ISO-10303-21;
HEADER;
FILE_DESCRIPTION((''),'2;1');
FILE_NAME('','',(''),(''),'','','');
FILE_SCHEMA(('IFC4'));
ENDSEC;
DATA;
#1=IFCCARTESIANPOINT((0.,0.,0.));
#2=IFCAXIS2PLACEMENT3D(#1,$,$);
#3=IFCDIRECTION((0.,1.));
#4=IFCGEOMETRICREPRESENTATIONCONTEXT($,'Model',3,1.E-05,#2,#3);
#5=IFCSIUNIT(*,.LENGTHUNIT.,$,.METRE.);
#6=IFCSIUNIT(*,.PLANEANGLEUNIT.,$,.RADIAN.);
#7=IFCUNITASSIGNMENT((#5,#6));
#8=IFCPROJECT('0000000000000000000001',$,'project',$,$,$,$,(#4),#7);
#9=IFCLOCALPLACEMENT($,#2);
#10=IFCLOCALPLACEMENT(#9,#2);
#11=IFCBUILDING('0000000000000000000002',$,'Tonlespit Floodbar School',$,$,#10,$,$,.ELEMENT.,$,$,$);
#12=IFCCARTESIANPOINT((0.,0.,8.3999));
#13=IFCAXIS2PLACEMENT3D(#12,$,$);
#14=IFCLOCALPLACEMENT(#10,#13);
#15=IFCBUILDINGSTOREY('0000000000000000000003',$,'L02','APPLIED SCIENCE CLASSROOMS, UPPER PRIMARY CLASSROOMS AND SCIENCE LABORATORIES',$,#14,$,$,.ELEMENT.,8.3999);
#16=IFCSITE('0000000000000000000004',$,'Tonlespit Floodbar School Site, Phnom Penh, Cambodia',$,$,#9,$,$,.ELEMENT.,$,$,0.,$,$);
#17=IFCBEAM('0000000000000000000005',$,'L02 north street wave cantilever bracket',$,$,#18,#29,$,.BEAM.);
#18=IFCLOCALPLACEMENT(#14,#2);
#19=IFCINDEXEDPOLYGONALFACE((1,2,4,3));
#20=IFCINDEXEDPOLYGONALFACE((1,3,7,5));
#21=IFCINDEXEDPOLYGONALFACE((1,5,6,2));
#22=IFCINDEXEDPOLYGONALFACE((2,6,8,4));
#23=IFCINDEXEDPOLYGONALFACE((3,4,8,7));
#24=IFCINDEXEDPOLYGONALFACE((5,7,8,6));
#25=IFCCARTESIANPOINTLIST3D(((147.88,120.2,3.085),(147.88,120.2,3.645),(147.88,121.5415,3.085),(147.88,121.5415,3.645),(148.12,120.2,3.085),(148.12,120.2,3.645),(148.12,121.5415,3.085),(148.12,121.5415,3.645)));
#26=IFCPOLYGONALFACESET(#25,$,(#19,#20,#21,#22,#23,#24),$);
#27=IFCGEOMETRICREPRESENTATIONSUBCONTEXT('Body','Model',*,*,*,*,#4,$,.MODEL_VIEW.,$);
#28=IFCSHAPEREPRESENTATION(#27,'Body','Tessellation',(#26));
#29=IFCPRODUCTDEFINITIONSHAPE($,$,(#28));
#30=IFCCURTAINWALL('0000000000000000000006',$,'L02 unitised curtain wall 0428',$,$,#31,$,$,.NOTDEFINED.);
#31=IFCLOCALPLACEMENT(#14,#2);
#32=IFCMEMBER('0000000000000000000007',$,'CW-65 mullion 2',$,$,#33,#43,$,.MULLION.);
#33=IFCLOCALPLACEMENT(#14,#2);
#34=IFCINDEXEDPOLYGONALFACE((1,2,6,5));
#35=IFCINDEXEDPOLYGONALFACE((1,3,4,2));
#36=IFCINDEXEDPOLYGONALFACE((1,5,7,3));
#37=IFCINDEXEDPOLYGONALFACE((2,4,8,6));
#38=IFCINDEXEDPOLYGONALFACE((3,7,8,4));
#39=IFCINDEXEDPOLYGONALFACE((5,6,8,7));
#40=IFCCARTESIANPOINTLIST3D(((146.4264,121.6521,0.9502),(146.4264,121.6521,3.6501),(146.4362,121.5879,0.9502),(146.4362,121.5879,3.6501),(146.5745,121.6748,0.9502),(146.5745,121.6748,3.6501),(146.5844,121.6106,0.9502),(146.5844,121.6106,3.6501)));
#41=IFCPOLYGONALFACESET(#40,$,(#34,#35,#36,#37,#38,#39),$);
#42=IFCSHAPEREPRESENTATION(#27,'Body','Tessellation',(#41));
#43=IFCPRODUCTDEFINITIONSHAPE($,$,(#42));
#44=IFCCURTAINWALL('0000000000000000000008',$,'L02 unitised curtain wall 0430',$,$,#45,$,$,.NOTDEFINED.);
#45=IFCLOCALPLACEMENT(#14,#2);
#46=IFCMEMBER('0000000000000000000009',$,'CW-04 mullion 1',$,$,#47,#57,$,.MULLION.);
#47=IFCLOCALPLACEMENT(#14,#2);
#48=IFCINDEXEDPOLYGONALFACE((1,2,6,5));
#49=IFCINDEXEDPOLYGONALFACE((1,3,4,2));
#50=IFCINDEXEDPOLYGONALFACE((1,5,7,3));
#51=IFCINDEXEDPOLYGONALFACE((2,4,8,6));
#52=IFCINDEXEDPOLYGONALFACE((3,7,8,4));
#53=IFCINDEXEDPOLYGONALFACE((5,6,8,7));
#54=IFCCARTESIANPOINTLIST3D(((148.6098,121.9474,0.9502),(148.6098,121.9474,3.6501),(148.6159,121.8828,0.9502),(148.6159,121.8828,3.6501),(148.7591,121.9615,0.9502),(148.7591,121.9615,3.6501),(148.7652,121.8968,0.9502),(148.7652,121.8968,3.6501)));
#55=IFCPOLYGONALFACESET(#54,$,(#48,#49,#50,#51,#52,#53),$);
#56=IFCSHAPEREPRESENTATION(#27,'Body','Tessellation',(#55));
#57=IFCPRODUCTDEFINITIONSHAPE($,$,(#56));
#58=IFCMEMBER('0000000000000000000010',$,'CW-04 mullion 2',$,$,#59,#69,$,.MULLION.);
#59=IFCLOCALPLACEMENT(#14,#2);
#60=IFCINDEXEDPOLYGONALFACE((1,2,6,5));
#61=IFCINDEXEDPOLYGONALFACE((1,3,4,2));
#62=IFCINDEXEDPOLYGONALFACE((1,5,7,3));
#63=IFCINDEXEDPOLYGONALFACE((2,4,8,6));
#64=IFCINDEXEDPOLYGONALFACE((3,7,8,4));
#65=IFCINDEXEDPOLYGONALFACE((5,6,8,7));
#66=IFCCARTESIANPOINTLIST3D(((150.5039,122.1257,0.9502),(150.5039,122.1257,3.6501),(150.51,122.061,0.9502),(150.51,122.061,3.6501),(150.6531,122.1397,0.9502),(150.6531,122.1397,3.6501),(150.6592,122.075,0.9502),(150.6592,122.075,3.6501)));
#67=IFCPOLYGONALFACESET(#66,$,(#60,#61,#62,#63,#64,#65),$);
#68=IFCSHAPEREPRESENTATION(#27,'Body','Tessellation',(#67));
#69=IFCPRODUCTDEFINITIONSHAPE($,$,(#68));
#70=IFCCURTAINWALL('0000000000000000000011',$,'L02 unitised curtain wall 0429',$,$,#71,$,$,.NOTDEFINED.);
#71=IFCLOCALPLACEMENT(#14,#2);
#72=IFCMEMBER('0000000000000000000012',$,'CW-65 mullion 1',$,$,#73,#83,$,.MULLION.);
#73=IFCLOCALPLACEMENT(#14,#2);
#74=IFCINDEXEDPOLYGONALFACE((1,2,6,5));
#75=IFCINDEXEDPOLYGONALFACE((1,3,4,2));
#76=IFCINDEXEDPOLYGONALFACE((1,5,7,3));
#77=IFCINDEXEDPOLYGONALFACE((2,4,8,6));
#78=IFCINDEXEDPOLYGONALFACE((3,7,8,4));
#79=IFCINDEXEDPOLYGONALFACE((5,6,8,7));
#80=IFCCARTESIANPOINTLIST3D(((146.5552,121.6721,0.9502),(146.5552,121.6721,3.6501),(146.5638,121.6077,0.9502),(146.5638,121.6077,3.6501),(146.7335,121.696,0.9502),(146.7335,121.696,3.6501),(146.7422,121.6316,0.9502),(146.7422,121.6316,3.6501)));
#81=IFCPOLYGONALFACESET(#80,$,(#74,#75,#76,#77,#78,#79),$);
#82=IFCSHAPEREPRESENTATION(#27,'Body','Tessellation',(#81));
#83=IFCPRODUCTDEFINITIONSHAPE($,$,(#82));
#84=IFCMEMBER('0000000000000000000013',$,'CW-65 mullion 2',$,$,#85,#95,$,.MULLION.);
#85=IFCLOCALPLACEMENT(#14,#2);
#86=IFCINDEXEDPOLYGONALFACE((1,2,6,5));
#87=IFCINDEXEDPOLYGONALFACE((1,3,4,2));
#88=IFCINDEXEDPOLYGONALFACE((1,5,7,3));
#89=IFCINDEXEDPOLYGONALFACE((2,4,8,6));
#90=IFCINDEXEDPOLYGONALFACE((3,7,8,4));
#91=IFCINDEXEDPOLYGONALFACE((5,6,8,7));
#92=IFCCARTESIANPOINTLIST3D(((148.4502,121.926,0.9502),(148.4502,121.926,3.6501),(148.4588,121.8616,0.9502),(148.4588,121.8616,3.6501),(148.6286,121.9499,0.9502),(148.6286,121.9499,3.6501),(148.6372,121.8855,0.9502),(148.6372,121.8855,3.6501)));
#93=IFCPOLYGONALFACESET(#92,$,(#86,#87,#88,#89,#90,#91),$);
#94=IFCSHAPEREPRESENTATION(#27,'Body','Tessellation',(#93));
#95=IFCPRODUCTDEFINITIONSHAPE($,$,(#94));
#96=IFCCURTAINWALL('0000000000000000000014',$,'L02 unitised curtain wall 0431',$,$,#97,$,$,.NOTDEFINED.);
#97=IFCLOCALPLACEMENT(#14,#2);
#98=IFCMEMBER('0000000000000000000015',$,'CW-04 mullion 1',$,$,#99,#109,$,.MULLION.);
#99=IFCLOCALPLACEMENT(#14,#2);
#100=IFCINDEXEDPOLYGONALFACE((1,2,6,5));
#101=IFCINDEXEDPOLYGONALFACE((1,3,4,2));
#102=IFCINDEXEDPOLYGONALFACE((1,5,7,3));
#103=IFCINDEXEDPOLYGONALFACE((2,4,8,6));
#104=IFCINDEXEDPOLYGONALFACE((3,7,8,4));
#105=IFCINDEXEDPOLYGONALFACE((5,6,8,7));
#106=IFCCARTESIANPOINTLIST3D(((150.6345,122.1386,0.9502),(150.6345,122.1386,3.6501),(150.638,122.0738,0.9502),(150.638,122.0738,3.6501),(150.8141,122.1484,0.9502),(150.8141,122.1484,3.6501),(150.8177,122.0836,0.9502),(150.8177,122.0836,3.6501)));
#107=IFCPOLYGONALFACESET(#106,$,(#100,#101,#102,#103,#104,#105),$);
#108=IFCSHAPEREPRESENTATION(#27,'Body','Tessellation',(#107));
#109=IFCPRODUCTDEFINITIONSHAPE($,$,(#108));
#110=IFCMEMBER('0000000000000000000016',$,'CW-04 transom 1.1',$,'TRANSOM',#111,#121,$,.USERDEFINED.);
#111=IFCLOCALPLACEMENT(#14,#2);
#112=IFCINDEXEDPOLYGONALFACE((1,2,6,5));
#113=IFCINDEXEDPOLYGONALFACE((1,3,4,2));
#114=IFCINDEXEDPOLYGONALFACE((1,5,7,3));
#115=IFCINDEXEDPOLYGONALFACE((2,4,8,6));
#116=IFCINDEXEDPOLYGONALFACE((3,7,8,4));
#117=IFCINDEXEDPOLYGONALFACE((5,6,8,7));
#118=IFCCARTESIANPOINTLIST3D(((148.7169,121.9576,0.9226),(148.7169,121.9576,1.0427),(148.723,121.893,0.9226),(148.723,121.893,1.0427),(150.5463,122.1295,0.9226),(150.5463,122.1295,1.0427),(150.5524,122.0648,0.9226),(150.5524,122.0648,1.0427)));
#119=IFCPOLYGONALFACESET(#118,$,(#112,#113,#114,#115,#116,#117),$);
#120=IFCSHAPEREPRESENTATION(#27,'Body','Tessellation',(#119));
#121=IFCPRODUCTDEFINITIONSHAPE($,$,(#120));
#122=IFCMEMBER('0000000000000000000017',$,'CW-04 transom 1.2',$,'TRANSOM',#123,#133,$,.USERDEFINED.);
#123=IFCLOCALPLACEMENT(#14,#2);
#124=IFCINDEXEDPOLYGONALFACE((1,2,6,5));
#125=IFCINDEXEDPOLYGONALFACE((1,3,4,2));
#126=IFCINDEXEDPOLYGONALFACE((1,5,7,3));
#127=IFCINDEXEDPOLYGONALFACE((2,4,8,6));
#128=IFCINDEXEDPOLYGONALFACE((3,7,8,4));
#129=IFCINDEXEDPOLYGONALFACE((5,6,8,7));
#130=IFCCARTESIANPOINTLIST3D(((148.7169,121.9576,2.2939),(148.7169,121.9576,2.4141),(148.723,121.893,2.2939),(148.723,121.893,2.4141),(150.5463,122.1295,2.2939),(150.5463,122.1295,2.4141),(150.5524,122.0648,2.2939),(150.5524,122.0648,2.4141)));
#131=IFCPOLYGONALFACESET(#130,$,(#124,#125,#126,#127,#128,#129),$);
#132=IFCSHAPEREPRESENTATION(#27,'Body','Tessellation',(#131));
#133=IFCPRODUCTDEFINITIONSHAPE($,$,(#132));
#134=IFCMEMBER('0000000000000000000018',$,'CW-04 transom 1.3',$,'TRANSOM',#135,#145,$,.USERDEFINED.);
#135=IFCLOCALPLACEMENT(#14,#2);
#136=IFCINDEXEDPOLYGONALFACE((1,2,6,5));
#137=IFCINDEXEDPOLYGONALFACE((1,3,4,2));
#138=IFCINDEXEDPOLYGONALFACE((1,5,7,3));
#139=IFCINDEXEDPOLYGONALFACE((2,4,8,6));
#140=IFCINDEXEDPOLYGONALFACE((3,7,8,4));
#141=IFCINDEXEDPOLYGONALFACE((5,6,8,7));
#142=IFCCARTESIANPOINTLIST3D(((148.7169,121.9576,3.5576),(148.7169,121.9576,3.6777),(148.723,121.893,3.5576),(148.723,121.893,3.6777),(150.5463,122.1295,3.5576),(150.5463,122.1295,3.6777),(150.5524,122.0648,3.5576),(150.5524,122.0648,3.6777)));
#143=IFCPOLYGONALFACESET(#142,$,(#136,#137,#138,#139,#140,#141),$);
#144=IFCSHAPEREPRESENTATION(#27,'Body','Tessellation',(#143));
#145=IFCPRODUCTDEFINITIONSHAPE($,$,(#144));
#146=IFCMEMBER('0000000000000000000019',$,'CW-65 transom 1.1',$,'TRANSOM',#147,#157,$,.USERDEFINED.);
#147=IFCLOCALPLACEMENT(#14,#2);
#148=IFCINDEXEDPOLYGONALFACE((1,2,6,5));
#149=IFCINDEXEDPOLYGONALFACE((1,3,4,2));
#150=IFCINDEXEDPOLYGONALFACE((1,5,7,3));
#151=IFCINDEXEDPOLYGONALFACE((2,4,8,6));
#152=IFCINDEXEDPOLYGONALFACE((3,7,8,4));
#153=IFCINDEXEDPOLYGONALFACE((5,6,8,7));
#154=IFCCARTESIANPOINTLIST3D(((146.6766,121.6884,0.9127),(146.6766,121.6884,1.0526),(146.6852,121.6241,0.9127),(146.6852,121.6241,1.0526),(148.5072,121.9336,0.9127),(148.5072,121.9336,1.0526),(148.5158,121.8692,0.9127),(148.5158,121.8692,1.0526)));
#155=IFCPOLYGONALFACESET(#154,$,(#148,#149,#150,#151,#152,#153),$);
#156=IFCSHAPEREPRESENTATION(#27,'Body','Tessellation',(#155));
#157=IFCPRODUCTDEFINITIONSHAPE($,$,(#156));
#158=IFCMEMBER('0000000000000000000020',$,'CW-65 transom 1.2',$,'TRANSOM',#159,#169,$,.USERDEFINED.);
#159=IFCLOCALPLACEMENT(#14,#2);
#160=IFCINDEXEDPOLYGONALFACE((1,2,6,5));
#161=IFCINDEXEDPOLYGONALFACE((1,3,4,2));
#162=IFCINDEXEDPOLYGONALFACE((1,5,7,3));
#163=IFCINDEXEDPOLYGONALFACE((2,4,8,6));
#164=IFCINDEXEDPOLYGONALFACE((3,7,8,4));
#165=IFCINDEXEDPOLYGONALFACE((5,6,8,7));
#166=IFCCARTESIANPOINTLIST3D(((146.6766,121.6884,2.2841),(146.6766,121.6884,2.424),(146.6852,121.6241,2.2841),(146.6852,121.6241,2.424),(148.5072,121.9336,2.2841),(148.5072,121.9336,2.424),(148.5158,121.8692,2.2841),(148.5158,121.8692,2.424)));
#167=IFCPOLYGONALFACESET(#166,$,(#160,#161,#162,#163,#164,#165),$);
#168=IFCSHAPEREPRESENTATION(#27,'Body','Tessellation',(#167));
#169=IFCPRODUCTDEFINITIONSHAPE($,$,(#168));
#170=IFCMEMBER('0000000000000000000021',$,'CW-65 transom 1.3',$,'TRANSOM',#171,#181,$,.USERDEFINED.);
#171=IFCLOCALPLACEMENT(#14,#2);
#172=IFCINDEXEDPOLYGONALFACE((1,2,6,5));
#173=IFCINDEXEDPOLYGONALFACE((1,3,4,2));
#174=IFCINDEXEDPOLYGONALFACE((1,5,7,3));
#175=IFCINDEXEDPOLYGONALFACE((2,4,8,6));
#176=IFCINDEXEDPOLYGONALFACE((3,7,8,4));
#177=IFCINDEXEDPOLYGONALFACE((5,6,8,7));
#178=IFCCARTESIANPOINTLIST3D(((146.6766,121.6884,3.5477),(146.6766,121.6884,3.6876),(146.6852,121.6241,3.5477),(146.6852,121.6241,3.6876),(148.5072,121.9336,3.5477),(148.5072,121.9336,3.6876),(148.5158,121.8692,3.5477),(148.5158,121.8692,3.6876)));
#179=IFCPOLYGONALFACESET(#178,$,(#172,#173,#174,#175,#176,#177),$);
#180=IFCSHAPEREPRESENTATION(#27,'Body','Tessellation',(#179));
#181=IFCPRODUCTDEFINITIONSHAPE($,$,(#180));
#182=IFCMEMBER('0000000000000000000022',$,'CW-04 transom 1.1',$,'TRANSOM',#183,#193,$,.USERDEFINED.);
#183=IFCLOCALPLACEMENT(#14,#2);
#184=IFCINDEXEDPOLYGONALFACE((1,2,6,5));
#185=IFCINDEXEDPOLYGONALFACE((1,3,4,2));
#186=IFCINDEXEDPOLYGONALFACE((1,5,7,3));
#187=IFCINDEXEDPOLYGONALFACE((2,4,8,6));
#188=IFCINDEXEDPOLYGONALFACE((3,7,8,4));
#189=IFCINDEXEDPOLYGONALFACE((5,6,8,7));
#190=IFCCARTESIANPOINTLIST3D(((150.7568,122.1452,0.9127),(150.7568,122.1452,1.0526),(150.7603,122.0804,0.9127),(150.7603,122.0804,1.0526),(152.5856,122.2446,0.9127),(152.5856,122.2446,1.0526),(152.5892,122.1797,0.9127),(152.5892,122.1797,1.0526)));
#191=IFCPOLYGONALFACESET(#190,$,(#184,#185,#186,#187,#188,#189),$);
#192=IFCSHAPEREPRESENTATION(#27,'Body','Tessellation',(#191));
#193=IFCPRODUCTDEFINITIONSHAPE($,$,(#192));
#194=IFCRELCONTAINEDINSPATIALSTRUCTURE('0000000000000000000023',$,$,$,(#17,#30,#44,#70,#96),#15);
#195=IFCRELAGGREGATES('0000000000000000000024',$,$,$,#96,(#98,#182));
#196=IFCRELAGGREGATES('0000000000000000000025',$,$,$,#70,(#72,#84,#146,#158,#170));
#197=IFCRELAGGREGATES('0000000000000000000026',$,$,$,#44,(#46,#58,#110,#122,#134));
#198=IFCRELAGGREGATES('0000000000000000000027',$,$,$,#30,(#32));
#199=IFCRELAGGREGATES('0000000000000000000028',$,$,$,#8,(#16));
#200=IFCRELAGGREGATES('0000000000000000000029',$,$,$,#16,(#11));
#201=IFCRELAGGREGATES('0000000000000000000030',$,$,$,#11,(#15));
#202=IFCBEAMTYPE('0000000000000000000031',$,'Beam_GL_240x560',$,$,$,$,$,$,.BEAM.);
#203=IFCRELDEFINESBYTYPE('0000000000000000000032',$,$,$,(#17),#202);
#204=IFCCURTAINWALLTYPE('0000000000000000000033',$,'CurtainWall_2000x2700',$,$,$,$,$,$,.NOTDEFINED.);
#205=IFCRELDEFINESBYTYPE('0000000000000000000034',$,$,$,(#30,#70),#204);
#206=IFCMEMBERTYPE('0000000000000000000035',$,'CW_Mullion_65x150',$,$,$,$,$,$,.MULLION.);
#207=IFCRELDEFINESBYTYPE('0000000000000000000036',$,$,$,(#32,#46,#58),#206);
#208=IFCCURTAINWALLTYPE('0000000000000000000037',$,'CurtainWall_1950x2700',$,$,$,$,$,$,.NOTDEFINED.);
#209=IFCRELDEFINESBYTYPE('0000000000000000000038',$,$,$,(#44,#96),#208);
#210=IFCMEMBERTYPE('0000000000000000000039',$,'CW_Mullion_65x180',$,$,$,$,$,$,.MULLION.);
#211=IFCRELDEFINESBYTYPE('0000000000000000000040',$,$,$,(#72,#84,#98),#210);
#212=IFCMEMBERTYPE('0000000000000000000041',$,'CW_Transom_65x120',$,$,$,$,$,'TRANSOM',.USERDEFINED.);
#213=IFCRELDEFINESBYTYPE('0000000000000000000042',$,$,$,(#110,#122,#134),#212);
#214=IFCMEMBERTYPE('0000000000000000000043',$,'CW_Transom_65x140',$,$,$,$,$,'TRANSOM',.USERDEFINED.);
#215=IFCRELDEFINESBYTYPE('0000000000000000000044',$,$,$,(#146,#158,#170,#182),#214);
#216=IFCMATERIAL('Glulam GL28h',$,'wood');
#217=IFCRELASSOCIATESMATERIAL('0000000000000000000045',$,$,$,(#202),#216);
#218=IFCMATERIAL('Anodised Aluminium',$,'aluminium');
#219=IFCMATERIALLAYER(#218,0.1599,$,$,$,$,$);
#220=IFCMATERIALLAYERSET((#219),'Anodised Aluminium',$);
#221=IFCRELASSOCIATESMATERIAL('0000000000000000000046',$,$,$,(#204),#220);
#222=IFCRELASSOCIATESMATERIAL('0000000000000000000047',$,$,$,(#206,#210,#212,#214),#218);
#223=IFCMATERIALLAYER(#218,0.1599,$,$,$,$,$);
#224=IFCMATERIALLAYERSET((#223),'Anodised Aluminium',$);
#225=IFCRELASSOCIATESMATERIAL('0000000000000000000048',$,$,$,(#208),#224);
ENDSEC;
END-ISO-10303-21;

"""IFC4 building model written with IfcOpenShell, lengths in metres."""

from ifc_helpers import new_model, si_unit, direction, frame, origin, origin_2d, place, context, subcontext, project, spatial, rectangle, extrude, material, layer, layer_set, material_profile, profile_set, type_object, element, aggregate, save


model = new_model("IFC4")

# Units and contexts
model_context = context("Model", 3, precision=1e-05, world=origin(), true_north=direction((0.0, 1.0)))
body_context = subcontext(model_context, "Body", "Model", "MODEL_VIEW")
ifc_project = project(units=[si_unit("LENGTHUNIT", "METRE"), si_unit("PLANEANGLEUNIT", "RADIAN")], contexts=[model_context])

# Site, building, storey
site_placement = place(None, origin())
site = spatial("IfcSite", under=ifc_project, at=site_placement, Name="Tonlespit Floodbar School Site, Phnom Penh, Cambodia", CompositionType="ELEMENT", RefElevation=0.0)
building_placement = place(site_placement, origin())
building = spatial("IfcBuilding", under=site, at=building_placement, Name="Tonlespit Floodbar School", CompositionType="ELEMENT")
storey_placement = place(building_placement, frame((0.0, 0.0, 8.3999)))
storey = spatial("IfcBuildingStorey", under=building, at=storey_placement, Name="L02", Description="APPLIED SCIENCE CLASSROOMS, UPPER PRIMARY CLASSROOMS AND SCIENCE LABORATORIES", CompositionType="ELEMENT", Elevation=8.3999)

# Beam
ifc_material_1 = material(Name="Glulam GL28h", Category="wood")
ifc_material_profile_1 = material_profile(ifc_material_1, rectangle(XDim=0.24, YDim=0.5601, at=origin_2d()), Name="GL 240x560")
ifc_profile_set_1 = profile_set([ifc_material_profile_1], Name="Glulam GL28h")
beam_type = type_object("IfcBeamType", Name="Beam_GL_240x560", PredefinedType="BEAM", material=ifc_profile_set_1)
beam_placement = place(storey_placement, frame((148.0, 120.2, 3.365), z_axis=(0.0, 1.0, 0.0), x_axis=(-1.0, 0.0, 0.0)))
element("IfcBeam", 1, at=beam_placement, inside=storey, type_object=beam_type, Name="L02 north street wave cantilever bracket", PredefinedType="BEAM", context=body_context, shape_type="SweptSolid", body=[
    extrude(rectangle(XDim=0.24, YDim=0.5601, at=origin_2d()), origin(), (0.0, 0.0, 1.0), 1.3416),
])

# Curtain wall, member
ifc_material_2 = material(Name="Anodised Aluminium", Category="aluminium")
ifc_layer_1 = layer(ifc_material_2, 0.1599)
ifc_layer_set_1 = layer_set([ifc_layer_1], Name="Anodised Aluminium")
curtain_wall_type_1 = type_object("IfcCurtainWallType", Name="CurtainWall_2000x2700", PredefinedType="NOTDEFINED", material=ifc_layer_set_1)
curtain_wall_1_placement = place(storey_placement, origin())
curtain_wall_1 = element("IfcCurtainWall", 2, at=curtain_wall_1_placement, inside=storey, type_object=curtain_wall_type_1, Name="L02 unitised curtain wall 0428", PredefinedType="NOTDEFINED")
ifc_material_profile_2 = material_profile(ifc_material_2, rectangle(XDim=0.0649, YDim=0.1499, at=origin_2d()), Name="ALU M65x150")
ifc_profile_set_2 = profile_set([ifc_material_profile_2], Name="Anodised Aluminium")
member_type_1 = type_object("IfcMemberType", Name="CW_Mullion_65x150", PredefinedType="MULLION", material=ifc_profile_set_2)
member_1_placement = place(storey_placement, frame((146.5054, 121.6313, 0.9502), z_axis=(0.0, 0.0, 1.0), x_axis=(-0.151837, 0.988405, 0.0)))
member_1 = element("IfcMember", 3, at=member_1_placement, type_object=member_type_1, Name="CW-65 mullion 2", PredefinedType="MULLION", context=body_context, shape_type="SweptSolid", body=[
    extrude(rectangle(XDim=0.0649, YDim=0.1499, at=origin_2d()), origin(), (0.0, 0.0, 1.0), 2.7),
])

# Curtain walls, members
ifc_layer_2 = layer(ifc_material_2, 0.1599)
ifc_layer_set_2 = layer_set([ifc_layer_2], Name="Anodised Aluminium")
curtain_wall_type_2 = type_object("IfcCurtainWallType", Name="CurtainWall_1950x2700", PredefinedType="NOTDEFINED", material=ifc_layer_set_2)
curtain_wall_2_placement = place(storey_placement, origin())
curtain_wall_2 = element("IfcCurtainWall", 4, at=curtain_wall_2_placement, inside=storey, type_object=curtain_wall_type_2, Name="L02 unitised curtain wall 0430", PredefinedType="NOTDEFINED")
member_2_placement = place(storey_placement, frame((148.6875, 121.9221, 0.9502), z_axis=(0.0, 0.0, 1.0), x_axis=(-0.093624, 0.995608, 0.0)))
member_2 = element("IfcMember", 5, at=member_2_placement, type_object=member_type_1, Name="CW-04 mullion 1", PredefinedType="MULLION", context=body_context, shape_type="SweptSolid", body=[
    extrude(rectangle(XDim=0.0649, YDim=0.1499, at=origin_2d()), origin(), (0.0, 0.0, 1.0), 2.7),
])
member_3_placement = place(storey_placement, frame((150.5815, 122.1003, 0.9502), z_axis=(0.0, 0.0, 1.0), x_axis=(-0.093624, 0.995608, 0.0)))
member_3 = element("IfcMember", 6, at=member_3_placement, type_object=member_type_1, Name="CW-04 mullion 2", PredefinedType="MULLION", context=body_context, shape_type="SweptSolid", body=[
    extrude(rectangle(XDim=0.0649, YDim=0.1499, at=origin_2d()), origin(), (0.0, 0.0, 1.0), 2.7),
])
curtain_wall_3_placement = place(storey_placement, origin())
curtain_wall_3 = element("IfcCurtainWall", 7, at=curtain_wall_3_placement, inside=storey, type_object=curtain_wall_type_1, Name="L02 unitised curtain wall 0429", PredefinedType="NOTDEFINED")
ifc_material_profile_3 = material_profile(ifc_material_2, rectangle(XDim=0.0649, YDim=0.1799, at=origin_2d()), Name="ALU M65x180")
ifc_profile_set_3 = profile_set([ifc_material_profile_3], Name="Anodised Aluminium")
member_type_2 = type_object("IfcMemberType", Name="CW_Mullion_65x180", PredefinedType="MULLION", material=ifc_profile_set_3)
member_4_placement = place(storey_placement, frame((146.6487, 121.6519, 0.9502), z_axis=(0.0, 0.0, 1.0), x_axis=(-0.13279, 0.991144, 0.0)))
member_4 = element("IfcMember", 8, at=member_4_placement, type_object=member_type_2, Name="CW-65 mullion 1", PredefinedType="MULLION", context=body_context, shape_type="SweptSolid", body=[
    extrude(rectangle(XDim=0.0649, YDim=0.1799, at=origin_2d()), origin(), (0.0, 0.0, 1.0), 2.7),
])
member_5_placement = place(storey_placement, frame((148.5437, 121.9058, 0.9502), z_axis=(0.0, 0.0, 1.0), x_axis=(-0.13279, 0.991144, 0.0)))
member_5 = element("IfcMember", 9, at=member_5_placement, type_object=member_type_2, Name="CW-65 mullion 2", PredefinedType="MULLION", context=body_context, shape_type="SweptSolid", body=[
    extrude(rectangle(XDim=0.0649, YDim=0.1799, at=origin_2d()), origin(), (0.0, 0.0, 1.0), 2.7),
])

# Curtain wall, member
curtain_wall_4_placement = place(storey_placement, origin())
curtain_wall_4 = element("IfcCurtainWall", 10, at=curtain_wall_4_placement, inside=storey, type_object=curtain_wall_type_2, Name="L02 unitised curtain wall 0431", PredefinedType="NOTDEFINED")
member_6_placement = place(storey_placement, frame((150.7261, 122.1111, 0.9502), z_axis=(0.0, 0.0, 1.0), x_axis=(-0.054343, 0.998522, 0.0)))
member_6 = element("IfcMember", 11, at=member_6_placement, type_object=member_type_2, Name="CW-04 mullion 1", PredefinedType="MULLION", context=body_context, shape_type="SweptSolid", body=[
    extrude(rectangle(XDim=0.0649, YDim=0.1799, at=origin_2d()), origin(), (0.0, 0.0, 1.0), 2.7),
])

# Members
ifc_material_profile_4 = material_profile(ifc_material_2, rectangle(XDim=0.0649, YDim=0.1201, at=origin_2d()), Name="ALU T65x120")
ifc_profile_set_4 = profile_set([ifc_material_profile_4], Name="Anodised Aluminium")
member_type_3 = type_object("IfcMemberType", Name="CW_Transom_65x120", ElementType="TRANSOM", PredefinedType="USERDEFINED", material=ifc_profile_set_4)
member_7_placement = place(storey_placement, frame((148.72, 121.9253, 0.9827), z_axis=(0.995615, 0.093542, 0.0), x_axis=(-0.093542, 0.995615, 0.0)))
member_7 = element("IfcMember", 12, at=member_7_placement, type_object=member_type_3, Name="CW-04 transom 1.1", ObjectType="TRANSOM", PredefinedType="USERDEFINED", context=body_context, shape_type="SweptSolid", body=[
    extrude(rectangle(XDim=0.0649, YDim=0.1201, at=origin_2d()), origin(), (0.0, 0.0, 1.0), 1.8374),
])
member_8_placement = place(storey_placement, frame((148.72, 121.9253, 2.354), z_axis=(0.995615, 0.093542, 0.0), x_axis=(-0.093542, 0.995615, 0.0)))
member_8 = element("IfcMember", 13, at=member_8_placement, type_object=member_type_3, Name="CW-04 transom 1.2", ObjectType="TRANSOM", PredefinedType="USERDEFINED", context=body_context, shape_type="SweptSolid", body=[
    extrude(rectangle(XDim=0.0649, YDim=0.1201, at=origin_2d()), origin(), (0.0, 0.0, 1.0), 1.8374),
])
member_9_placement = place(storey_placement, frame((148.72, 121.9253, 3.6177), z_axis=(0.995615, 0.093542, 0.0), x_axis=(-0.093542, 0.995615, 0.0)))
member_9 = element("IfcMember", 14, at=member_9_placement, type_object=member_type_3, Name="CW-04 transom 1.3", ObjectType="TRANSOM", PredefinedType="USERDEFINED", context=body_context, shape_type="SweptSolid", body=[
    extrude(rectangle(XDim=0.0649, YDim=0.1201, at=origin_2d()), origin(), (0.0, 0.0, 1.0), 1.8374),
])
ifc_material_profile_5 = material_profile(ifc_material_2, rectangle(XDim=0.0649, YDim=0.1399, at=origin_2d()), Name="ALU T65x140")
ifc_profile_set_5 = profile_set([ifc_material_profile_5], Name="Anodised Aluminium")
member_type_4 = type_object("IfcMemberType", Name="CW_Transom_65x140", ElementType="TRANSOM", PredefinedType="USERDEFINED", material=ifc_profile_set_5)
member_10_placement = place(storey_placement, frame((146.6809, 121.6562, 0.9827), z_axis=(0.991154, 0.132718, 0.0), x_axis=(-0.132718, 0.991154, 0.0)))
member_10 = element("IfcMember", 15, at=member_10_placement, type_object=member_type_4, Name="CW-65 transom 1.1", ObjectType="TRANSOM", PredefinedType="USERDEFINED", context=body_context, shape_type="SweptSolid", body=[
    extrude(rectangle(XDim=0.0649, YDim=0.1399, at=origin_2d()), origin(), (0.0, 0.0, 1.0), 1.8469),
])
member_11_placement = place(storey_placement, frame((146.6809, 121.6562, 2.354), z_axis=(0.991154, 0.132718, 0.0), x_axis=(-0.132718, 0.991154, 0.0)))
member_11 = element("IfcMember", 16, at=member_11_placement, type_object=member_type_4, Name="CW-65 transom 1.2", ObjectType="TRANSOM", PredefinedType="USERDEFINED", context=body_context, shape_type="SweptSolid", body=[
    extrude(rectangle(XDim=0.0649, YDim=0.1399, at=origin_2d()), origin(), (0.0, 0.0, 1.0), 1.8469),
])
member_12_placement = place(storey_placement, frame((146.6809, 121.6562, 3.6177), z_axis=(0.991154, 0.132718, 0.0), x_axis=(-0.132718, 0.991154, 0.0)))
member_12 = element("IfcMember", 17, at=member_12_placement, type_object=member_type_4, Name="CW-65 transom 1.3", ObjectType="TRANSOM", PredefinedType="USERDEFINED", context=body_context, shape_type="SweptSolid", body=[
    extrude(rectangle(XDim=0.0649, YDim=0.1399, at=origin_2d()), origin(), (0.0, 0.0, 1.0), 1.8469),
])
member_13_placement = place(storey_placement, frame((150.7585, 122.1128, 0.9827), z_axis=(0.998527, 0.054252, 0.0), x_axis=(-0.054252, 0.998527, 0.0)))
member_13 = element("IfcMember", 18, at=member_13_placement, type_object=member_type_4, Name="CW-04 transom 1.1", ObjectType="TRANSOM", PredefinedType="USERDEFINED", context=body_context, shape_type="SweptSolid", body=[
    extrude(rectangle(XDim=0.0649, YDim=0.1399, at=origin_2d()), origin(), (0.0, 0.0, 1.0), 1.8315),
])
aggregate(curtain_wall_4, [member_6, member_13])

aggregate(curtain_wall_3, [member_4, member_5, member_10, member_11, member_12])
aggregate(curtain_wall_2, [member_2, member_3, member_7, member_8, member_9])
aggregate(curtain_wall_1, [member_1])

save(model, "model.ifc")
